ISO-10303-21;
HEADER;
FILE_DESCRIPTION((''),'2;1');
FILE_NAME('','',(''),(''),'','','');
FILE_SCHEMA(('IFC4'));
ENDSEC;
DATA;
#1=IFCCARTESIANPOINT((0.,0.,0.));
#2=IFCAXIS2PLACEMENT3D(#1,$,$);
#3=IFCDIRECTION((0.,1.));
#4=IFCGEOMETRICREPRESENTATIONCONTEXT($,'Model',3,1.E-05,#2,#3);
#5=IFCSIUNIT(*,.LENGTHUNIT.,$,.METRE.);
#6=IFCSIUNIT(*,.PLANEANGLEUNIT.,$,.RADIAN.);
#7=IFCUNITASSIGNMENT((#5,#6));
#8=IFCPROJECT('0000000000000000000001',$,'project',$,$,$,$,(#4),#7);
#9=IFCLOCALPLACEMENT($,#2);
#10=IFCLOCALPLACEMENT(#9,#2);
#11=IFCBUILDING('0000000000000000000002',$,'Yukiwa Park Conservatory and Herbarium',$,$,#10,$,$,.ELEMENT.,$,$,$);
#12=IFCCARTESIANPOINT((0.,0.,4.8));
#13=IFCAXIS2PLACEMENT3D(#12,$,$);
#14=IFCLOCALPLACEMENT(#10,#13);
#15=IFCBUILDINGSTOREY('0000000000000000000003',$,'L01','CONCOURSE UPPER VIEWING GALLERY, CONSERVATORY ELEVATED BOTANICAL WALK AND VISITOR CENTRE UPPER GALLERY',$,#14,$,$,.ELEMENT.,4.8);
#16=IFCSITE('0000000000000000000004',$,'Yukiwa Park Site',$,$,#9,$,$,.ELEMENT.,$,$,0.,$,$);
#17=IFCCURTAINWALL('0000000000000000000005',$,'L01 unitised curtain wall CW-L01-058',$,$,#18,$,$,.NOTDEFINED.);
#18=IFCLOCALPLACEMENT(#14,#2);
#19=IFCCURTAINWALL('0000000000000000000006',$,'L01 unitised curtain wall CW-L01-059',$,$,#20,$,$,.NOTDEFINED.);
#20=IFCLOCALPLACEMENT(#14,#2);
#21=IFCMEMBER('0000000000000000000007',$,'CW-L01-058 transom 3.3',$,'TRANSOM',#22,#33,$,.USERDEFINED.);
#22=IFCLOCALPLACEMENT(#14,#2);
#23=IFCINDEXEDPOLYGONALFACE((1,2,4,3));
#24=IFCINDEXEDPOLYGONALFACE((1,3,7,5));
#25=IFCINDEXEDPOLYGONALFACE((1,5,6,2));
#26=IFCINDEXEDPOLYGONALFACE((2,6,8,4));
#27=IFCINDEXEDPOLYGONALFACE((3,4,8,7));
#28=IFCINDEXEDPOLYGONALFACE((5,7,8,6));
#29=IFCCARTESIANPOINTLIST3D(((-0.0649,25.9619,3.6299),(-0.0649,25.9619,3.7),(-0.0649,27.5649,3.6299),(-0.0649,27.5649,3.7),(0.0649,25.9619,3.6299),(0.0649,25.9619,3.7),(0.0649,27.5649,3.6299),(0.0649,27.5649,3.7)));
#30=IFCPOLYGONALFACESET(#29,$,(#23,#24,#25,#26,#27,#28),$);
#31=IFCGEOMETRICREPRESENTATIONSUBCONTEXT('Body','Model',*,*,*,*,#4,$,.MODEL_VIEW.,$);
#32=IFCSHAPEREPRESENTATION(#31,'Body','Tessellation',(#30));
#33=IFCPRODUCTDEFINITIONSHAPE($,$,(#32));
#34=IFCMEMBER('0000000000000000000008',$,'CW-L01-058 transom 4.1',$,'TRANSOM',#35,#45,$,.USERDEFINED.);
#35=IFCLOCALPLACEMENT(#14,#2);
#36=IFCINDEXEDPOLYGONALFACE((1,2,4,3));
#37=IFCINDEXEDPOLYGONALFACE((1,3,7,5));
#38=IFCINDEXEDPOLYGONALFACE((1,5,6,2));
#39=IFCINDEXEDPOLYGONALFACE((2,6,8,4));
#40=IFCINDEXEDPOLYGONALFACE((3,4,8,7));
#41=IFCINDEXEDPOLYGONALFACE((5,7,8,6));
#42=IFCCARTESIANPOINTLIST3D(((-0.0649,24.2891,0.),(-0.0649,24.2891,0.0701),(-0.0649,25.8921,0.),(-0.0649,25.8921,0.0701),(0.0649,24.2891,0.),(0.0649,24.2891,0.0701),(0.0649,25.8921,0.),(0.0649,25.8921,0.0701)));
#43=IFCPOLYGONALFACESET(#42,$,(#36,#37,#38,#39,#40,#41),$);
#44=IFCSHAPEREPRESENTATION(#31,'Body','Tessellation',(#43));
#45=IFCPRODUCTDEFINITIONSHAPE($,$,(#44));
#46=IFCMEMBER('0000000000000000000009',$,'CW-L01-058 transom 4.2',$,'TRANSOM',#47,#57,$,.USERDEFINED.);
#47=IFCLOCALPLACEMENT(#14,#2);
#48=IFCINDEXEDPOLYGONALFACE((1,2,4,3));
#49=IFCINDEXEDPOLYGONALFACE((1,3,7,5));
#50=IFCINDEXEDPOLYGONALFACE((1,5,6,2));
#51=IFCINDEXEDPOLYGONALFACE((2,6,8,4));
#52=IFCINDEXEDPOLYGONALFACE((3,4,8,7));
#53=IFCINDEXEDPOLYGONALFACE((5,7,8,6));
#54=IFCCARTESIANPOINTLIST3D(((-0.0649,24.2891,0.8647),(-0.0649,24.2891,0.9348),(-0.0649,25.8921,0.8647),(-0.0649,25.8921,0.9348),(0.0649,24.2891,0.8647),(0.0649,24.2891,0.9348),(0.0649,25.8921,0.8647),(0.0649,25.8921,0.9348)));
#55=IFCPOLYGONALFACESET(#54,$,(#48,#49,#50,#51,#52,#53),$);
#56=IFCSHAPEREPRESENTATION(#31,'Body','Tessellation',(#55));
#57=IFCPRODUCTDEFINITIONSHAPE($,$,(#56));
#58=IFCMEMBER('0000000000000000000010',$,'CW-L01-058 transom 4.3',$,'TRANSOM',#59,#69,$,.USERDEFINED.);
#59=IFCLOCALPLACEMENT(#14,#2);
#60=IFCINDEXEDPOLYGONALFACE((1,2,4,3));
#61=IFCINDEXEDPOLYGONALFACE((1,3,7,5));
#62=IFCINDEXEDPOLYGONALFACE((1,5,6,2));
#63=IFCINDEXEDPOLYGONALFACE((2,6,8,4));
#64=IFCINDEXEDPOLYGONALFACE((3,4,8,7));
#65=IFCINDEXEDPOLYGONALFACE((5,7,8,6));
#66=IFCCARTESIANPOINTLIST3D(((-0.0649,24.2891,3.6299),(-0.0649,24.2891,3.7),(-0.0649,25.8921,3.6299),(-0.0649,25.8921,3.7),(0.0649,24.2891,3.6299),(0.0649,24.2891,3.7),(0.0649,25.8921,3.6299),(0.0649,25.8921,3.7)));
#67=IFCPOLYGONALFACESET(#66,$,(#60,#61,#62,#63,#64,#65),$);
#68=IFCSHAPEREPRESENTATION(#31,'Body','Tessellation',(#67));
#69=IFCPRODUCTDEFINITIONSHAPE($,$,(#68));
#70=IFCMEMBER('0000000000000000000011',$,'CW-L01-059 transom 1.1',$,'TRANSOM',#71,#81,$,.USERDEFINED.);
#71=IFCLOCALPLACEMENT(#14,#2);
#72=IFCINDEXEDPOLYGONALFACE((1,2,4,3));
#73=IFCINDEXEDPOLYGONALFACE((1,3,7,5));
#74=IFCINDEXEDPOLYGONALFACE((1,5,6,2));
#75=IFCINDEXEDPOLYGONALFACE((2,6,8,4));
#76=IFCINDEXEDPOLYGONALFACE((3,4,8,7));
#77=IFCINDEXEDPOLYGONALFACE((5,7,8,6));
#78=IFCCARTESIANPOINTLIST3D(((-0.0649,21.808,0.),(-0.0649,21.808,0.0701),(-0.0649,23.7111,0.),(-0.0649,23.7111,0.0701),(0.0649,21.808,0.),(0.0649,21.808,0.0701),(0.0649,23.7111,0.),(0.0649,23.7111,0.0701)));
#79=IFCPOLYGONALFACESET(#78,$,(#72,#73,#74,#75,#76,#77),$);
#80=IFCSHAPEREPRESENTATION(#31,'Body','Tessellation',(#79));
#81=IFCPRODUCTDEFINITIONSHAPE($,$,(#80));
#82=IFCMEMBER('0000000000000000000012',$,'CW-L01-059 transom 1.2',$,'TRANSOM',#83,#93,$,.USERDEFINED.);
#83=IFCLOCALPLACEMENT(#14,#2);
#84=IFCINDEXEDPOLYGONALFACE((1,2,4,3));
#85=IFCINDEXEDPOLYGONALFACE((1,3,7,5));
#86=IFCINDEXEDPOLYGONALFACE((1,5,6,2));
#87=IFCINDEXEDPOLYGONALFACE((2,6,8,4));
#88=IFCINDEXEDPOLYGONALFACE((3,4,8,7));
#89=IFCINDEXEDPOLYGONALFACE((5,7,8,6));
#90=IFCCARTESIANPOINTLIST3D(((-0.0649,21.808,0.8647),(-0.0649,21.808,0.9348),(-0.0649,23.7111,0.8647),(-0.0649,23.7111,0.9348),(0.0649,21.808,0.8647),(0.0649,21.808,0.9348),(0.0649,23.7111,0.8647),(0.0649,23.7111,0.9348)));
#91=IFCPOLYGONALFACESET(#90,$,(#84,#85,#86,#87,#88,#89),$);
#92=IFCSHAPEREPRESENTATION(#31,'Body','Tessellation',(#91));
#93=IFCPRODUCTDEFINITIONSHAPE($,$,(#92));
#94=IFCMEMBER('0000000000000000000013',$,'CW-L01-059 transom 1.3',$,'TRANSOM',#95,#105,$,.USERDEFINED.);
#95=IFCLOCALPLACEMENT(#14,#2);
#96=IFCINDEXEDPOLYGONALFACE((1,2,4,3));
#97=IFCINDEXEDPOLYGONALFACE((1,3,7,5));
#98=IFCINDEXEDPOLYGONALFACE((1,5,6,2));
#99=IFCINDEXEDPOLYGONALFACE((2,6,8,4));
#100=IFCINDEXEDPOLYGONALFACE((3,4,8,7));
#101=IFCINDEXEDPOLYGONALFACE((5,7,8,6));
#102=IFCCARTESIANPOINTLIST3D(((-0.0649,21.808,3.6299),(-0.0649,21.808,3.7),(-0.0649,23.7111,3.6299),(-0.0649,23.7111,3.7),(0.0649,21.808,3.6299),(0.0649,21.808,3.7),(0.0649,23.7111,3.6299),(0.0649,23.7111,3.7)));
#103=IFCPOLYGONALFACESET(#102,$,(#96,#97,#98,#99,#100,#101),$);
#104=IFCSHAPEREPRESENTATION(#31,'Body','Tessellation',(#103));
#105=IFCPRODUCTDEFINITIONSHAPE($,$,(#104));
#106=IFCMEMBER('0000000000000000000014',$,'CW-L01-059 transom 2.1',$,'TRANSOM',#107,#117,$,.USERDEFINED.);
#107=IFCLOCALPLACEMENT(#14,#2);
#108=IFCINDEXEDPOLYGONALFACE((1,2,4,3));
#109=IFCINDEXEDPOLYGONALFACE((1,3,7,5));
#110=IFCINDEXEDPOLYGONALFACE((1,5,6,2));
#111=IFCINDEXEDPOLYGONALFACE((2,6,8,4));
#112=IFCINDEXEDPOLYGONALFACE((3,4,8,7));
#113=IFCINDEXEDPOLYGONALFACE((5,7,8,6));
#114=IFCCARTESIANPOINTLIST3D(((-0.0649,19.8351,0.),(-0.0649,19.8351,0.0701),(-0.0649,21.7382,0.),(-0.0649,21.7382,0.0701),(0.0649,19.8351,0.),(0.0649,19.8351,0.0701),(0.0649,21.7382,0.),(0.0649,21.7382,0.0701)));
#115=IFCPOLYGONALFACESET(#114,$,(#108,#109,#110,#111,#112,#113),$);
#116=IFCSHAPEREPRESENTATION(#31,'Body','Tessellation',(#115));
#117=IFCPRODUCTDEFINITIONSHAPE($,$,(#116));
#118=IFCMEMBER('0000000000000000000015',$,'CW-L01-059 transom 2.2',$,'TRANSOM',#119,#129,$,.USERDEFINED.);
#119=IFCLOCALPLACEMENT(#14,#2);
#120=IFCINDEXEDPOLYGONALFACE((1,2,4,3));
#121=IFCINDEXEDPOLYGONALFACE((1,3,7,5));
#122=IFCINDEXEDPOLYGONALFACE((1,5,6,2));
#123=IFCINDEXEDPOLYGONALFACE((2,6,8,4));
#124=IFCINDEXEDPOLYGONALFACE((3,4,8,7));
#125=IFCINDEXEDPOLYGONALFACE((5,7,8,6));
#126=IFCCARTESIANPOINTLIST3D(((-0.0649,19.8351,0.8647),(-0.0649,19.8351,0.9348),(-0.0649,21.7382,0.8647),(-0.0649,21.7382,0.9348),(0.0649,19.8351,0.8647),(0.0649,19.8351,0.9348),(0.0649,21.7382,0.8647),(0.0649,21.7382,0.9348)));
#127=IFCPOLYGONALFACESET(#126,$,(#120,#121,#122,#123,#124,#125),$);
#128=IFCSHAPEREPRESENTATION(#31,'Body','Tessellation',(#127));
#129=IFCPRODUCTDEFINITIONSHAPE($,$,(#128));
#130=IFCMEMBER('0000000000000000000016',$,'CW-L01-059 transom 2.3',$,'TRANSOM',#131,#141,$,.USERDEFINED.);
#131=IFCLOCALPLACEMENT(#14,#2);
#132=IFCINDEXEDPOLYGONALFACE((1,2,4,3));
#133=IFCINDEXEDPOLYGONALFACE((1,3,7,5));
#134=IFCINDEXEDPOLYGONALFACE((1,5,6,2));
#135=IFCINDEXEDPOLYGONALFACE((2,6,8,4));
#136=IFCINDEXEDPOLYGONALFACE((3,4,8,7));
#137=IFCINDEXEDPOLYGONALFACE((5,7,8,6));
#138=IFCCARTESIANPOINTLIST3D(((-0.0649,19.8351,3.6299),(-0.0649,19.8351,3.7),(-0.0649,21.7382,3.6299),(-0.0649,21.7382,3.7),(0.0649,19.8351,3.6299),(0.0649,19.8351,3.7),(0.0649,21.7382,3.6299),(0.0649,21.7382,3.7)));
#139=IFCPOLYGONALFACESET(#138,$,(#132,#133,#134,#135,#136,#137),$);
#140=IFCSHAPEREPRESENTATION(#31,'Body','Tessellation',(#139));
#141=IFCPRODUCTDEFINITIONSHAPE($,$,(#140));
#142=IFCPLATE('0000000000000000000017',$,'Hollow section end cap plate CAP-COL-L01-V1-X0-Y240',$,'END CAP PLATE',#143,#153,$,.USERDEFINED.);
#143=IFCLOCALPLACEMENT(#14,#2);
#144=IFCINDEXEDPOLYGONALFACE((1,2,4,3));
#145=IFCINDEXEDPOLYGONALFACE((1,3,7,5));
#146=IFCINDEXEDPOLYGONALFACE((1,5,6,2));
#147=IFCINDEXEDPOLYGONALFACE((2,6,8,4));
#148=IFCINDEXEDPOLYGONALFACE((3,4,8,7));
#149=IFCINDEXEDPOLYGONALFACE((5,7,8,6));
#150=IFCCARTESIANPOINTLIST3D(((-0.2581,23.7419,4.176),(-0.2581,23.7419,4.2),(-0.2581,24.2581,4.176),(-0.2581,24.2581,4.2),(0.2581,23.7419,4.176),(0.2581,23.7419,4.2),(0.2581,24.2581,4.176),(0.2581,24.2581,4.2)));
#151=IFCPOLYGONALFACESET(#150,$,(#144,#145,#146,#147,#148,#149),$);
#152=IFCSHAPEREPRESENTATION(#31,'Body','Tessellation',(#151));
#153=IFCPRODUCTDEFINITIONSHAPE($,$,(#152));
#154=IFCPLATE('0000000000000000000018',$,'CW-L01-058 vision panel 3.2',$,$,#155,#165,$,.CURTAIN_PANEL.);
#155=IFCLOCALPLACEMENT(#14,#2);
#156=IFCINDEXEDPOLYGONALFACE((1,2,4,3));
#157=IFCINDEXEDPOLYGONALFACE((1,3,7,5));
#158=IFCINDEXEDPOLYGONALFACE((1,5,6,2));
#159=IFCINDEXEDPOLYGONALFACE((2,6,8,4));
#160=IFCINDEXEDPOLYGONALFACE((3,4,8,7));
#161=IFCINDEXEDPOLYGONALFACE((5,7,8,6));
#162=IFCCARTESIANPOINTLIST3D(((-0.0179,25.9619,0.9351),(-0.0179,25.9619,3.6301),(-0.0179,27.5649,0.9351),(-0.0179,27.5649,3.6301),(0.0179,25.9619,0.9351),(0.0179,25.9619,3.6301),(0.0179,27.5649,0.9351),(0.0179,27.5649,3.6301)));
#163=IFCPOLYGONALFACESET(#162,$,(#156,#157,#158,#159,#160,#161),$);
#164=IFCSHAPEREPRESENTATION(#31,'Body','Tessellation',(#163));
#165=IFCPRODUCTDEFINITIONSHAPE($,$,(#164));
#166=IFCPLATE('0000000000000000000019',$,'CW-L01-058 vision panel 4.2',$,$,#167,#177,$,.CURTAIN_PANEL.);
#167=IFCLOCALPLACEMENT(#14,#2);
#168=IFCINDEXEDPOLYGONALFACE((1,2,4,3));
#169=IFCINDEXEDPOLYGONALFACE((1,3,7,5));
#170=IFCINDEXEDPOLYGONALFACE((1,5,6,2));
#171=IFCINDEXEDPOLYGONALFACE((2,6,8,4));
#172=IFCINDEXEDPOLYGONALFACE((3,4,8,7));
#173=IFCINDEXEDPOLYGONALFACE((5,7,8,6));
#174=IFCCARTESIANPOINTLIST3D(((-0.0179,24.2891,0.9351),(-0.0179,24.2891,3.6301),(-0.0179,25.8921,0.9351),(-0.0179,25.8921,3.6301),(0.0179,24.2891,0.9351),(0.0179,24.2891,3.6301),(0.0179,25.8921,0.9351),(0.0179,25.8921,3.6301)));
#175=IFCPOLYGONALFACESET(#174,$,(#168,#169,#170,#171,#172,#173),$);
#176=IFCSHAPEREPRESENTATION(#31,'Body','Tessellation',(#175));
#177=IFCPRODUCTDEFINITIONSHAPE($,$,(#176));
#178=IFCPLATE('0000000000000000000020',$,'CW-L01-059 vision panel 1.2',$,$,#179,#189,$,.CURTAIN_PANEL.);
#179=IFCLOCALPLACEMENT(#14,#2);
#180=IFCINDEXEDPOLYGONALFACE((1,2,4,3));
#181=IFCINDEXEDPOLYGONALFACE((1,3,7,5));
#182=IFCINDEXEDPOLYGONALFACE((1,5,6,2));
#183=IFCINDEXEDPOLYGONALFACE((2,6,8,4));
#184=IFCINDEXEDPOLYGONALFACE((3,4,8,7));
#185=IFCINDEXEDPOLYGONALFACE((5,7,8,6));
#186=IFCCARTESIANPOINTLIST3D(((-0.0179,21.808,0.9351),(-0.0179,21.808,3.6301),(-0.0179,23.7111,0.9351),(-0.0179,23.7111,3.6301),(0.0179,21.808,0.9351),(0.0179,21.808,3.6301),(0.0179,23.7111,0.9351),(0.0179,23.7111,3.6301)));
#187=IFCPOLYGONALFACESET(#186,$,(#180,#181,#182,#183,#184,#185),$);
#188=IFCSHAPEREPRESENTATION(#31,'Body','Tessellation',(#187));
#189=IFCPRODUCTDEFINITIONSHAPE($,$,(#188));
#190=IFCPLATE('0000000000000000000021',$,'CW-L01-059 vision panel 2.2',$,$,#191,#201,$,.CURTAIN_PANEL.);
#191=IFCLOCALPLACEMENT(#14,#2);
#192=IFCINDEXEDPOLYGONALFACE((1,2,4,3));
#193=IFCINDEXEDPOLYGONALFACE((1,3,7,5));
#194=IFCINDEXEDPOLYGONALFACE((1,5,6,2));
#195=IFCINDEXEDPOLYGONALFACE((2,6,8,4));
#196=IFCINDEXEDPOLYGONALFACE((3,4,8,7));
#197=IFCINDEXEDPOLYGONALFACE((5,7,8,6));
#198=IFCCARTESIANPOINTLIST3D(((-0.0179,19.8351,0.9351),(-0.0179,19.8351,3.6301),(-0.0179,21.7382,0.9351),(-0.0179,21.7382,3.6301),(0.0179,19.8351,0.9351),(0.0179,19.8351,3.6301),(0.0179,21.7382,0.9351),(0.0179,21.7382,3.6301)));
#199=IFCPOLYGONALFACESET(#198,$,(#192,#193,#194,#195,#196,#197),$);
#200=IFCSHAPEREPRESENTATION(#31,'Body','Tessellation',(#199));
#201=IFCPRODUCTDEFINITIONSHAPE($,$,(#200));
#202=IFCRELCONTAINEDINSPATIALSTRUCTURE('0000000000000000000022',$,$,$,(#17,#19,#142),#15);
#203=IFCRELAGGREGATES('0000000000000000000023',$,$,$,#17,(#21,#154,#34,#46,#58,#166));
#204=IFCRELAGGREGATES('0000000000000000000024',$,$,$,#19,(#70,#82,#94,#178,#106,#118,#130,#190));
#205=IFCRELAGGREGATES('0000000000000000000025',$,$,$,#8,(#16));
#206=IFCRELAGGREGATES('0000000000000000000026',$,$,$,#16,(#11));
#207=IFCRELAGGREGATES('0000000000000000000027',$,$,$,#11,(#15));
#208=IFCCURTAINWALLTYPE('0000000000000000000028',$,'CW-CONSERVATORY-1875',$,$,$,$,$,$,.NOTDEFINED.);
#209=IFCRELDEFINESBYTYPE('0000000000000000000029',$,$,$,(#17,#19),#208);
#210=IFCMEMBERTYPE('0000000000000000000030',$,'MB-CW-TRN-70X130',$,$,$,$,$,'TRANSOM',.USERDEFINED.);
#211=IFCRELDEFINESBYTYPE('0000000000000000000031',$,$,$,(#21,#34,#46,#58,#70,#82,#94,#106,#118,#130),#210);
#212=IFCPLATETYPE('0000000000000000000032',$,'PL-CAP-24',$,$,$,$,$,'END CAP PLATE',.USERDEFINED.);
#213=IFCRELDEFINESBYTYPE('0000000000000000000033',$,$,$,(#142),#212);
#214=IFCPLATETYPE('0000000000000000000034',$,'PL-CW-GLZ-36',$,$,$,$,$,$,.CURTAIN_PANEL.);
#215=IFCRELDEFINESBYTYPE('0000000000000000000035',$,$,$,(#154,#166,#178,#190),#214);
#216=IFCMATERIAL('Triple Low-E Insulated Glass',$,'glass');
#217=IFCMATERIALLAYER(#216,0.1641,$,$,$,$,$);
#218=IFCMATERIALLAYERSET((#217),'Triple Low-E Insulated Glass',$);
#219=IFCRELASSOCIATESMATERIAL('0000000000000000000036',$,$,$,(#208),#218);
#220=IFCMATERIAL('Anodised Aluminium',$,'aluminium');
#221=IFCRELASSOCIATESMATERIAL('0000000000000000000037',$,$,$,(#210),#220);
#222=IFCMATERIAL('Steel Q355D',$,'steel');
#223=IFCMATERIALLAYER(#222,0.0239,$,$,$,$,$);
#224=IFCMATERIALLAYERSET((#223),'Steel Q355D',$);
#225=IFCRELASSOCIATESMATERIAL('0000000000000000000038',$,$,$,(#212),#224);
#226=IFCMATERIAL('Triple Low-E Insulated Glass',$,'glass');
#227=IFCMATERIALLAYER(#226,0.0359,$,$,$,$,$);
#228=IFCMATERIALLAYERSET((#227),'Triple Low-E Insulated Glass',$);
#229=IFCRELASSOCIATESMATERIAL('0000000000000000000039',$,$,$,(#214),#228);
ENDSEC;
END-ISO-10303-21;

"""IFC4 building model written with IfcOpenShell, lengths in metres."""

from ifc_helpers import new_model, si_unit, direction, frame, origin, origin_2d, place, context, subcontext, project, spatial, rectangle, extrude, material, layer, layer_set, type_object, element, aggregate, save


model = new_model("IFC4")

# Units and contexts
model_context = context("Model", 3, precision=1e-05, world=origin(), true_north=direction((0.0, 1.0)))
body_context = subcontext(model_context, "Body", "Model", "MODEL_VIEW")
ifc_project = project(units=[si_unit("LENGTHUNIT", "METRE"), si_unit("PLANEANGLEUNIT", "RADIAN")], contexts=[model_context])

# Site, building, storey
site_placement = place(None, origin())
site = spatial("IfcSite", under=ifc_project, at=site_placement, Name="Yukiwa Park Site", CompositionType="ELEMENT", RefElevation=0.0)
building_placement = place(site_placement, origin())
building = spatial("IfcBuilding", under=site, at=building_placement, Name="Yukiwa Park Conservatory and Herbarium", CompositionType="ELEMENT")
storey_placement = place(building_placement, frame((0.0, 0.0, 4.8)))
storey = spatial("IfcBuildingStorey", under=building, at=storey_placement, Name="L01", Description="CONCOURSE UPPER VIEWING GALLERY, CONSERVATORY ELEVATED BOTANICAL WALK AND VISITOR CENTRE UPPER GALLERY", CompositionType="ELEMENT", Elevation=4.8)

# Curtain walls
ifc_material_1 = material(Name="Triple Low-E Insulated Glass", Category="glass")
ifc_layer_1 = layer(ifc_material_1, 0.1641)
ifc_layer_set_1 = layer_set([ifc_layer_1], Name="Triple Low-E Insulated Glass")
curtain_wall_type = type_object("IfcCurtainWallType", Name="CW-CONSERVATORY-1875", PredefinedType="NOTDEFINED", material=ifc_layer_set_1)
curtain_wall_1_placement = place(storey_placement, origin())
curtain_wall_1 = element("IfcCurtainWall", 1, at=curtain_wall_1_placement, inside=storey, type_object=curtain_wall_type, Name="L01 unitised curtain wall CW-L01-058", PredefinedType="NOTDEFINED")
curtain_wall_2_placement = place(storey_placement, origin())
curtain_wall_2 = element("IfcCurtainWall", 2, at=curtain_wall_2_placement, inside=storey, type_object=curtain_wall_type, Name="L01 unitised curtain wall CW-L01-059", PredefinedType="NOTDEFINED")

# Members
ifc_material_2 = material(Name="Anodised Aluminium", Category="aluminium")
member_type_1 = type_object("IfcMemberType", Name="MB-CW-TRN-70X130", ElementType="TRANSOM", PredefinedType="USERDEFINED", material=ifc_material_2)
member_1_placement = place(storey_placement, frame((0.0, 26.7634, 3.6299), z_axis=(0.0, 0.0, 1.0), x_axis=(0.0, -1.0, 0.0)))
member_1 = element("IfcMember", 3, at=member_1_placement, type_object=member_type_1, Name="CW-L01-058 transom 3.3", ObjectType="TRANSOM", PredefinedType="USERDEFINED", context=body_context, shape_type="SweptSolid", body=[
    extrude(rectangle(XDim=1.603, YDim=0.1299, at=origin_2d()), origin(), (0.0, 0.0, 1.0), 0.0701),
])
member_2_placement = place(storey_placement, frame((0.0, 25.0906, 0.0), z_axis=(0.0, 0.0, 1.0), x_axis=(0.0, -1.0, 0.0)))
member_2 = element("IfcMember", 4, at=member_2_placement, type_object=member_type_1, Name="CW-L01-058 transom 4.1", ObjectType="TRANSOM", PredefinedType="USERDEFINED", context=body_context, shape_type="SweptSolid", body=[
    extrude(rectangle(XDim=1.603, YDim=0.1299, at=origin_2d()), origin(), (0.0, 0.0, 1.0), 0.0701),
])
member_3_placement = place(storey_placement, frame((0.0, 25.0906, 0.8647), z_axis=(0.0, 0.0, 1.0), x_axis=(0.0, -1.0, 0.0)))
member_3 = element("IfcMember", 5, at=member_3_placement, type_object=member_type_1, Name="CW-L01-058 transom 4.2", ObjectType="TRANSOM", PredefinedType="USERDEFINED", context=body_context, shape_type="SweptSolid", body=[
    extrude(rectangle(XDim=1.603, YDim=0.1299, at=origin_2d()), origin(), (0.0, 0.0, 1.0), 0.0701),
])
member_4_placement = place(storey_placement, frame((0.0, 25.0906, 3.6299), z_axis=(0.0, 0.0, 1.0), x_axis=(0.0, -1.0, 0.0)))
member_4 = element("IfcMember", 6, at=member_4_placement, type_object=member_type_1, Name="CW-L01-058 transom 4.3", ObjectType="TRANSOM", PredefinedType="USERDEFINED", context=body_context, shape_type="SweptSolid", body=[
    extrude(rectangle(XDim=1.603, YDim=0.1299, at=origin_2d()), origin(), (0.0, 0.0, 1.0), 0.0701),
])
member_5_placement = place(storey_placement, frame((0.0, 22.7595, 0.0), z_axis=(0.0, 0.0, 1.0), x_axis=(0.0, -1.0, 0.0)))
member_5 = element("IfcMember", 7, at=member_5_placement, type_object=member_type_1, Name="CW-L01-059 transom 1.1", ObjectType="TRANSOM", PredefinedType="USERDEFINED", context=body_context, shape_type="SweptSolid", body=[
    extrude(rectangle(XDim=1.9031, YDim=0.1299, at=origin_2d()), origin(), (0.0, 0.0, 1.0), 0.0701),
])
member_6_placement = place(storey_placement, frame((0.0, 22.7595, 0.8647), z_axis=(0.0, 0.0, 1.0), x_axis=(0.0, -1.0, 0.0)))
member_6 = element("IfcMember", 8, at=member_6_placement, type_object=member_type_1, Name="CW-L01-059 transom 1.2", ObjectType="TRANSOM", PredefinedType="USERDEFINED", context=body_context, shape_type="SweptSolid", body=[
    extrude(rectangle(XDim=1.9031, YDim=0.1299, at=origin_2d()), origin(), (0.0, 0.0, 1.0), 0.0701),
])
member_7_placement = place(storey_placement, frame((0.0, 22.7595, 3.6299), z_axis=(0.0, 0.0, 1.0), x_axis=(0.0, -1.0, 0.0)))
member_7 = element("IfcMember", 9, at=member_7_placement, type_object=member_type_1, Name="CW-L01-059 transom 1.3", ObjectType="TRANSOM", PredefinedType="USERDEFINED", context=body_context, shape_type="SweptSolid", body=[
    extrude(rectangle(XDim=1.9031, YDim=0.1299, at=origin_2d()), origin(), (0.0, 0.0, 1.0), 0.0701),
])
member_8_placement = place(storey_placement, frame((0.0, 20.7866, 0.0), z_axis=(0.0, 0.0, 1.0), x_axis=(0.0, -1.0, 0.0)))
member_8 = element("IfcMember", 10, at=member_8_placement, type_object=member_type_1, Name="CW-L01-059 transom 2.1", ObjectType="TRANSOM", PredefinedType="USERDEFINED", context=body_context, shape_type="SweptSolid", body=[
    extrude(rectangle(XDim=1.9031, YDim=0.1299, at=origin_2d()), origin(), (0.0, 0.0, 1.0), 0.0701),
])
member_9_placement = place(storey_placement, frame((0.0, 20.7866, 0.8647), z_axis=(0.0, 0.0, 1.0), x_axis=(0.0, -1.0, 0.0)))
member_9 = element("IfcMember", 11, at=member_9_placement, type_object=member_type_1, Name="CW-L01-059 transom 2.2", ObjectType="TRANSOM", PredefinedType="USERDEFINED", context=body_context, shape_type="SweptSolid", body=[
    extrude(rectangle(XDim=1.9031, YDim=0.1299, at=origin_2d()), origin(), (0.0, 0.0, 1.0), 0.0701),
])
member_10_placement = place(storey_placement, frame((0.0, 20.7866, 3.6299), z_axis=(0.0, 0.0, 1.0), x_axis=(0.0, -1.0, 0.0)))
member_10 = element("IfcMember", 12, at=member_10_placement, type_object=member_type_1, Name="CW-L01-059 transom 2.3", ObjectType="TRANSOM", PredefinedType="USERDEFINED", context=body_context, shape_type="SweptSolid", body=[
    extrude(rectangle(XDim=1.9031, YDim=0.1299, at=origin_2d()), origin(), (0.0, 0.0, 1.0), 0.0701),
])

# Plates
ifc_material_3 = material(Name="Steel Q355D", Category="steel")
ifc_layer_2 = layer(ifc_material_3, 0.0239)
ifc_layer_set_2 = layer_set([ifc_layer_2], Name="Steel Q355D")
plate_type_1 = type_object("IfcPlateType", Name="PL-CAP-24", ElementType="END CAP PLATE", PredefinedType="USERDEFINED", material=ifc_layer_set_2)
plate_1_placement = place(storey_placement, frame((0.0, 24.0, 4.176), z_axis=(0.0, 0.0, 1.0), x_axis=(1.0, 0.0, 0.0)))
element("IfcPlate", 13, at=plate_1_placement, inside=storey, type_object=plate_type_1, Name="Hollow section end cap plate CAP-COL-L01-V1-X0-Y240", ObjectType="END CAP PLATE", PredefinedType="USERDEFINED", context=body_context, shape_type="SweptSolid", body=[
    extrude(rectangle(XDim=0.5161, YDim=0.5161, at=origin_2d()), origin(), (0.0, 0.0, 1.0), 0.0239),
])
ifc_material_4 = material(Name="Triple Low-E Insulated Glass", Category="glass")
ifc_layer_3 = layer(ifc_material_4, 0.0359)
ifc_layer_set_3 = layer_set([ifc_layer_3], Name="Triple Low-E Insulated Glass")
plate_type_2 = type_object("IfcPlateType", Name="PL-CW-GLZ-36", PredefinedType="CURTAIN_PANEL", material=ifc_layer_set_3)
plate_2_placement = place(storey_placement, frame((0.0, 26.7634, 0.9351), z_axis=(0.0, 0.0, 1.0), x_axis=(0.0, -1.0, 0.0)))
plate_2 = element("IfcPlate", 14, at=plate_2_placement, type_object=plate_type_2, Name="CW-L01-058 vision panel 3.2", PredefinedType="CURTAIN_PANEL", context=body_context, shape_type="SweptSolid", body=[
    extrude(rectangle(XDim=1.603, YDim=0.0359, at=origin_2d()), origin(), (0.0, 0.0, 1.0), 2.6951),
])
plate_3_placement = place(storey_placement, frame((0.0, 25.0906, 0.9351), z_axis=(0.0, 0.0, 1.0), x_axis=(0.0, -1.0, 0.0)))
plate_3 = element("IfcPlate", 15, at=plate_3_placement, type_object=plate_type_2, Name="CW-L01-058 vision panel 4.2", PredefinedType="CURTAIN_PANEL", context=body_context, shape_type="SweptSolid", body=[
    extrude(rectangle(XDim=1.603, YDim=0.0359, at=origin_2d()), origin(), (0.0, 0.0, 1.0), 2.6951),
])
plate_4_placement = place(storey_placement, frame((0.0, 22.7595, 0.9351), z_axis=(0.0, 0.0, 1.0), x_axis=(0.0, -1.0, 0.0)))
plate_4 = element("IfcPlate", 16, at=plate_4_placement, type_object=plate_type_2, Name="CW-L01-059 vision panel 1.2", PredefinedType="CURTAIN_PANEL", context=body_context, shape_type="SweptSolid", body=[
    extrude(rectangle(XDim=1.9031, YDim=0.0359, at=origin_2d()), origin(), (0.0, 0.0, 1.0), 2.6951),
])
plate_5_placement = place(storey_placement, frame((0.0, 20.7866, 0.9351), z_axis=(0.0, 0.0, 1.0), x_axis=(0.0, -1.0, 0.0)))
plate_5 = element("IfcPlate", 17, at=plate_5_placement, type_object=plate_type_2, Name="CW-L01-059 vision panel 2.2", PredefinedType="CURTAIN_PANEL", context=body_context, shape_type="SweptSolid", body=[
    extrude(rectangle(XDim=1.9031, YDim=0.0359, at=origin_2d()), origin(), (0.0, 0.0, 1.0), 2.6951),
])
aggregate(curtain_wall_1, [member_1, plate_2, member_2, member_3, member_4, plate_3])
aggregate(curtain_wall_2, [member_5, member_6, member_7, plate_4, member_8, member_9, member_10, plate_5])

save(model, "model.ifc")
